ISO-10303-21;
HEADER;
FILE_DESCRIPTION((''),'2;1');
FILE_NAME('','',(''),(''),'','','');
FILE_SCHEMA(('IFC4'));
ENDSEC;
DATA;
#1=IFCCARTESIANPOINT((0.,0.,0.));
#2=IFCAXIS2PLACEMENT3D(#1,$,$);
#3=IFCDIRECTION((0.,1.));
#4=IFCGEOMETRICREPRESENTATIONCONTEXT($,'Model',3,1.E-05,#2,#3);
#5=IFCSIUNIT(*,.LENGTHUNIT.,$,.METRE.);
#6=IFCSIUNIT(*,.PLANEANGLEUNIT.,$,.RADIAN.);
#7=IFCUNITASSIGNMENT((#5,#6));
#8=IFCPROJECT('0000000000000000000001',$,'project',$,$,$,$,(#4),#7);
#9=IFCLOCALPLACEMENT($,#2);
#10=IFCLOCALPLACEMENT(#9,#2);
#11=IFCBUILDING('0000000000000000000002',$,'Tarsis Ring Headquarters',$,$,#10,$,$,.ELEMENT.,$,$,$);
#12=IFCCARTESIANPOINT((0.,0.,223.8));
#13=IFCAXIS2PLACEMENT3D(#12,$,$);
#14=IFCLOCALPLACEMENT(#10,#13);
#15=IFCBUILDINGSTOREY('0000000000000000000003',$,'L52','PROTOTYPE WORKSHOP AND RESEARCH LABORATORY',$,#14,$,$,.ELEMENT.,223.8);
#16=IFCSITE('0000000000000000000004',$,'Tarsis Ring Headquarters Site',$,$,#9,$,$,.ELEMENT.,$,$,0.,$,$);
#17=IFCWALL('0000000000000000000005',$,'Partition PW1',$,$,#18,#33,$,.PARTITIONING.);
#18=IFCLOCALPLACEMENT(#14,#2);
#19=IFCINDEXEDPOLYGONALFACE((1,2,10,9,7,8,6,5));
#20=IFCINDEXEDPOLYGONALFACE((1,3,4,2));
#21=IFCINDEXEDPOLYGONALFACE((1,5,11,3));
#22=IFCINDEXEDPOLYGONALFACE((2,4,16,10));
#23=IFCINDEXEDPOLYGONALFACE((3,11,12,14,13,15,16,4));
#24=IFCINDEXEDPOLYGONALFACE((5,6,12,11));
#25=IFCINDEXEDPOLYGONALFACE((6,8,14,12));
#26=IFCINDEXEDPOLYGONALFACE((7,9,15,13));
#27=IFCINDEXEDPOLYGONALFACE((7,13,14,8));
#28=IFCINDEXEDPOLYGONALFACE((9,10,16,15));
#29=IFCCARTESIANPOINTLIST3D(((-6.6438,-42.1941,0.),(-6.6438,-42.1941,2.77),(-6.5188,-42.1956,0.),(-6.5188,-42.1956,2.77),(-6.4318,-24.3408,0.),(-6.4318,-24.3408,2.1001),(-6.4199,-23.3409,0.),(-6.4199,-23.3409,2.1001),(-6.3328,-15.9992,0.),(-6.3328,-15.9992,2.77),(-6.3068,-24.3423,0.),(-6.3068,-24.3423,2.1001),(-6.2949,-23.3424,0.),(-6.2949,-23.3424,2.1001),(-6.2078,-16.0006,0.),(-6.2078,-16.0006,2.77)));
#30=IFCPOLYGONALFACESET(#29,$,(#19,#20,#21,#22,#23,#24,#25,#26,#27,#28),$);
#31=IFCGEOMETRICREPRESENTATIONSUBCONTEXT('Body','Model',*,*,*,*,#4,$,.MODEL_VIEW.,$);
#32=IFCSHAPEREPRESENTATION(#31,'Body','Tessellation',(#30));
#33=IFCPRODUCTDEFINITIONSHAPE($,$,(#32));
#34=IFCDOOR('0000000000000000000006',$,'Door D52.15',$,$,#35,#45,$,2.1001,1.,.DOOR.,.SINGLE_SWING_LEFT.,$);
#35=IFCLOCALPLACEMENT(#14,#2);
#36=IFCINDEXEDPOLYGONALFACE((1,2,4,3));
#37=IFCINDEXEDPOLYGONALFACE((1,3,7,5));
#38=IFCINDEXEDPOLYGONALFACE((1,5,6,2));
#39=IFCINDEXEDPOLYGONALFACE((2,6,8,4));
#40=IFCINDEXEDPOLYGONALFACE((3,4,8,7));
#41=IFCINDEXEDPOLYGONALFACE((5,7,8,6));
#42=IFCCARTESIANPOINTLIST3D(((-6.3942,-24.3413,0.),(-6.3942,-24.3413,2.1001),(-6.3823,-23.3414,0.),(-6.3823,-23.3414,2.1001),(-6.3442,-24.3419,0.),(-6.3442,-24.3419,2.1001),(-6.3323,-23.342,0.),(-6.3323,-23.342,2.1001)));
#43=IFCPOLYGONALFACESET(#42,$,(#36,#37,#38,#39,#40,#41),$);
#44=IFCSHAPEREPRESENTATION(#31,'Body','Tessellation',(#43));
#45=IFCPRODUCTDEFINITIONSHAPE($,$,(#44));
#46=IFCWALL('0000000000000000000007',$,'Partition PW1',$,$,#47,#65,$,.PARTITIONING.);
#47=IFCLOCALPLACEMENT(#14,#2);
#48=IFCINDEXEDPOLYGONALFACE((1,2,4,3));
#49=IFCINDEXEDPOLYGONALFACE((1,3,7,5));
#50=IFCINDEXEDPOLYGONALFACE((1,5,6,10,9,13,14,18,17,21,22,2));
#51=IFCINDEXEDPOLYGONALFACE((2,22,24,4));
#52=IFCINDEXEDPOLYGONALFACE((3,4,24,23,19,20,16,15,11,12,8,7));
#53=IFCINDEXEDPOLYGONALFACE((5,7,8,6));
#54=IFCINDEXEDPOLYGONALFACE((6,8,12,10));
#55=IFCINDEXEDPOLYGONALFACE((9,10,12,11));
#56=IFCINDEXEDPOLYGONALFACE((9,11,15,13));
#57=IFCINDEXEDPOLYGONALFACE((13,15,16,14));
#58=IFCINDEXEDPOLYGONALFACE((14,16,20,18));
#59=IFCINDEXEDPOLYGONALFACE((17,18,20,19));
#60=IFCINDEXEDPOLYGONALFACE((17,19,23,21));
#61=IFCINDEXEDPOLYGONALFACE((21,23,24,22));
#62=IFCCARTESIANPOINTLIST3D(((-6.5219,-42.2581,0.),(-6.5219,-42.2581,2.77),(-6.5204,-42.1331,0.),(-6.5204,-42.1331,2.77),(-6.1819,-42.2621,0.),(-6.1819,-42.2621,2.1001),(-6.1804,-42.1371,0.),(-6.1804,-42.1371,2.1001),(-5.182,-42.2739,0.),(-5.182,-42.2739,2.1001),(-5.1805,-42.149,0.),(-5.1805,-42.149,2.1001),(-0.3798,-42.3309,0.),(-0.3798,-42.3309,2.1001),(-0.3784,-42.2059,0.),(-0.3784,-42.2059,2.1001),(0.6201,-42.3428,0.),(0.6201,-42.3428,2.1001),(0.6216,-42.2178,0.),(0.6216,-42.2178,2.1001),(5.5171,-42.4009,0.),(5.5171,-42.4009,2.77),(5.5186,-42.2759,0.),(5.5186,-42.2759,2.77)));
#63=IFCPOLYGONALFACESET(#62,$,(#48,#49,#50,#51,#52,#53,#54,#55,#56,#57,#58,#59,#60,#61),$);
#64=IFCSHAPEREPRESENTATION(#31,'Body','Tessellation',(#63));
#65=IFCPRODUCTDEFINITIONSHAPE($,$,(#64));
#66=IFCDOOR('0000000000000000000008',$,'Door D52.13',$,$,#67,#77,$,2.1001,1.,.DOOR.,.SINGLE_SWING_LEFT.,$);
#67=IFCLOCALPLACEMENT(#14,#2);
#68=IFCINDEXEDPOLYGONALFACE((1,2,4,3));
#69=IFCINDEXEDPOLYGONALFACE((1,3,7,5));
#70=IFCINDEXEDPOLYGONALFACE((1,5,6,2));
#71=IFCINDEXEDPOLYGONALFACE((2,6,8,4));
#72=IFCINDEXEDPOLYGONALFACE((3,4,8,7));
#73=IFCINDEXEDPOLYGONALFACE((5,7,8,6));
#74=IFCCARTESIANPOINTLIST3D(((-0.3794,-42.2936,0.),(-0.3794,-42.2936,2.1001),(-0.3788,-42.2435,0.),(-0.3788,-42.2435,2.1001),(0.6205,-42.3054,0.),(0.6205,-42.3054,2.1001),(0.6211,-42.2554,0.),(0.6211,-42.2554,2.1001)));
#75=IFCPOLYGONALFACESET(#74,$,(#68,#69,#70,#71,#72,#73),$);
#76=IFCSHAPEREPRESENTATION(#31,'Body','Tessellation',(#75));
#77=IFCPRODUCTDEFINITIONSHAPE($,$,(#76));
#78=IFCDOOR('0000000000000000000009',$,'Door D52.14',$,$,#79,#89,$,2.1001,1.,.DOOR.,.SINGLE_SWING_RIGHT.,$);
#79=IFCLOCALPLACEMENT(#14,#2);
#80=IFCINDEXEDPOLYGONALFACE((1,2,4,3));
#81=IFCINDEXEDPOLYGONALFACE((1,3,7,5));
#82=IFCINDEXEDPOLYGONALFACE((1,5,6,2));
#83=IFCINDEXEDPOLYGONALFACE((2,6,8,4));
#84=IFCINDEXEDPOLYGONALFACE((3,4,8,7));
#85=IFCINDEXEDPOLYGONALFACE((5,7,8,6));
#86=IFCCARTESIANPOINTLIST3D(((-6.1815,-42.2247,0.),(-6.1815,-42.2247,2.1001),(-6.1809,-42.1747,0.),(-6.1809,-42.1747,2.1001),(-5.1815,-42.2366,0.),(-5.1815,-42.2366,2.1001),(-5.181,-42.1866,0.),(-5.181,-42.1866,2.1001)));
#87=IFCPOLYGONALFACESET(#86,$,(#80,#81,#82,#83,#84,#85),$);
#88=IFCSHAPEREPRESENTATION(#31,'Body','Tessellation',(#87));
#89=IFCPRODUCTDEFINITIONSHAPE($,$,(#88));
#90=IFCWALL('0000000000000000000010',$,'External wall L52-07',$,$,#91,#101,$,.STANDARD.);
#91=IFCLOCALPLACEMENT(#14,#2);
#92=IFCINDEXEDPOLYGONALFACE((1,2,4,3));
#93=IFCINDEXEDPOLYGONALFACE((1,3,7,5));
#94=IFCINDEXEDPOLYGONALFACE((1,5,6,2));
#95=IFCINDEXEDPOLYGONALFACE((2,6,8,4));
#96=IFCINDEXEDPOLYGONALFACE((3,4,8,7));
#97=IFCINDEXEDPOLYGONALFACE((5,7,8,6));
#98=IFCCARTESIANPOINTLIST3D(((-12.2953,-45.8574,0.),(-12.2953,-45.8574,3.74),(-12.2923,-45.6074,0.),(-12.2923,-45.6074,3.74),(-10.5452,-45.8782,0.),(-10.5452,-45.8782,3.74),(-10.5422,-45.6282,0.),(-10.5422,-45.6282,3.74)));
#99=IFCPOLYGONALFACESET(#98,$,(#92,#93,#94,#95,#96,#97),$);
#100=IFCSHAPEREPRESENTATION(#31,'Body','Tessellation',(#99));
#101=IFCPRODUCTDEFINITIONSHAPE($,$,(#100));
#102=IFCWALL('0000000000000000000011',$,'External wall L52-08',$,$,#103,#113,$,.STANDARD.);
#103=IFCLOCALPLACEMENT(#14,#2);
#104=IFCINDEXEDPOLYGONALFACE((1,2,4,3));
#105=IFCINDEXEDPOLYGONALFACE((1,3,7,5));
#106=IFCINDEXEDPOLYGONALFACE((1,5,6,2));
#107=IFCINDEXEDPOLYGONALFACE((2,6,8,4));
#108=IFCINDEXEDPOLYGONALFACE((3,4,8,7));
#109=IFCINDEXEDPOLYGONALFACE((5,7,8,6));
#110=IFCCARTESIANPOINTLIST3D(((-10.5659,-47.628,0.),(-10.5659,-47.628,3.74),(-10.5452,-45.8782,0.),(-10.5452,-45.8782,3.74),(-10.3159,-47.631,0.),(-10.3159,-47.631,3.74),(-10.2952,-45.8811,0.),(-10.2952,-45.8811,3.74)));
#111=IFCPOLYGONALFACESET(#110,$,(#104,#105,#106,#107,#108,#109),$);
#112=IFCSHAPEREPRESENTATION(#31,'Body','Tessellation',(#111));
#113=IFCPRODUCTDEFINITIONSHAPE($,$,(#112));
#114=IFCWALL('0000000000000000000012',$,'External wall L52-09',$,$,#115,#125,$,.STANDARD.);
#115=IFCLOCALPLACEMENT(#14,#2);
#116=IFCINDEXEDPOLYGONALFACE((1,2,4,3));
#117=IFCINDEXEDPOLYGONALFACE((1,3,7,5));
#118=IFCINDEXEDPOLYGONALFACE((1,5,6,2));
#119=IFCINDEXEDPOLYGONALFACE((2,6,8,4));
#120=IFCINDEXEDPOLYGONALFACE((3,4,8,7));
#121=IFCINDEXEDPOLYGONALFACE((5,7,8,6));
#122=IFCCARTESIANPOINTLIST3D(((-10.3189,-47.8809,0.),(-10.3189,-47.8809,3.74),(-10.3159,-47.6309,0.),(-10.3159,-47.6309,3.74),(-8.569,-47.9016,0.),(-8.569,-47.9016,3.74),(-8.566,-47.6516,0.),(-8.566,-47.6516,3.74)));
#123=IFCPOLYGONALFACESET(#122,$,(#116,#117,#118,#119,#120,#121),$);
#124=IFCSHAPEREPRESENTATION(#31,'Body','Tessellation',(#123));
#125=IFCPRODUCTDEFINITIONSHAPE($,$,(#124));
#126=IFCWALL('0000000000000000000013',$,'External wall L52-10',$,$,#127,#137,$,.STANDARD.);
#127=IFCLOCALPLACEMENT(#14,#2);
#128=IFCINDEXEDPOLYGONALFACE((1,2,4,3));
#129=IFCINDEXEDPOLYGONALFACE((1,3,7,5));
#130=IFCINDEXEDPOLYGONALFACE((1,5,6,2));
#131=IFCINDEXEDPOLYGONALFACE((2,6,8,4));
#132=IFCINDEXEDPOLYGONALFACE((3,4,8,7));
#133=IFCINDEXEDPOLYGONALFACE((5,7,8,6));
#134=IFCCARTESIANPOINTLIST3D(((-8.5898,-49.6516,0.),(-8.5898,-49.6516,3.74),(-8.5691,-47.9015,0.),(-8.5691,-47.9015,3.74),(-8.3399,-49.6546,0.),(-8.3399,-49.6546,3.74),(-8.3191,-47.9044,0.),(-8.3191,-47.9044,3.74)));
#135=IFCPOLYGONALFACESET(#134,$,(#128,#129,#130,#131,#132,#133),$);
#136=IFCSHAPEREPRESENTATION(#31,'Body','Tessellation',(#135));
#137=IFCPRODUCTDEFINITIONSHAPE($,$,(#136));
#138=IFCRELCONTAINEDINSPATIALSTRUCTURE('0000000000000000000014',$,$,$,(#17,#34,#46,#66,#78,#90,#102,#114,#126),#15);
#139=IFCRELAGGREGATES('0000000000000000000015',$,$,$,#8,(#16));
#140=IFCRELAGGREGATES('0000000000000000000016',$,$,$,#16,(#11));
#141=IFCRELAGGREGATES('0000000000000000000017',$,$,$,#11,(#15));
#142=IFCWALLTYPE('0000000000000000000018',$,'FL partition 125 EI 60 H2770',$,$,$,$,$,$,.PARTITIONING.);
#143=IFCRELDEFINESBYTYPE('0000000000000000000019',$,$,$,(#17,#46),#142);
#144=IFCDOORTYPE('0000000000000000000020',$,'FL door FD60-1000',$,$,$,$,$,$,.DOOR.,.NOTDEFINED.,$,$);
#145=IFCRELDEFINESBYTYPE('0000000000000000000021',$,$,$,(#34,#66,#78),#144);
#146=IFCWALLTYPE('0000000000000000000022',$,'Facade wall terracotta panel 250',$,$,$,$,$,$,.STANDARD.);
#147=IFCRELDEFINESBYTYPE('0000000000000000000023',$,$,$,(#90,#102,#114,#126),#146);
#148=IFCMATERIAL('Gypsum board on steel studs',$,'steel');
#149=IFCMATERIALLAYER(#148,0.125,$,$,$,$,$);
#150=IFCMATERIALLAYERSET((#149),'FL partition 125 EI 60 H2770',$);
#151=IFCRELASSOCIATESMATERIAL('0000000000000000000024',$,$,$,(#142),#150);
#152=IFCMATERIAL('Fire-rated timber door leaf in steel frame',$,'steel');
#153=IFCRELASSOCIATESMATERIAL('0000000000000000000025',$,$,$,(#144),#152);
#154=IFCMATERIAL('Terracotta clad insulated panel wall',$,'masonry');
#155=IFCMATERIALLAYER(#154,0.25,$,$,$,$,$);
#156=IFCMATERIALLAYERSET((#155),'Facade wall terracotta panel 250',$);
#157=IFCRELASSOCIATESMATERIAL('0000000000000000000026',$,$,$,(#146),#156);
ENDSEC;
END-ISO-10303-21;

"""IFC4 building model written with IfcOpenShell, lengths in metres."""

from ifc_helpers import new_model, si_unit, direction, frame, frame_2d, origin, place, context, subcontext, project, spatial, rectangle, extrude, material, layer, layer_set, type_object, element, fill, save


model = new_model("IFC4")

# Units and contexts
model_context = context("Model", 3, precision=1e-05, world=origin(), true_north=direction((0.0, 1.0)))
body_context = subcontext(model_context, "Body", "Model", "MODEL_VIEW")
ifc_project = project(units=[si_unit("LENGTHUNIT", "METRE"), si_unit("PLANEANGLEUNIT", "RADIAN")], contexts=[model_context])

# Site, building, storey
site_placement = place(None, origin())
site = spatial("IfcSite", under=ifc_project, at=site_placement, Name="Tarsis Ring Headquarters Site", CompositionType="ELEMENT", RefElevation=0.0)
building_placement = place(site_placement, origin())
building = spatial("IfcBuilding", under=site, at=building_placement, Name="Tarsis Ring Headquarters", CompositionType="ELEMENT")
storey_placement = place(building_placement, frame((0.0, 0.0, 223.8)))
storey = spatial("IfcBuildingStorey", under=building, at=storey_placement, Name="L52", Description="PROTOTYPE WORKSHOP AND RESEARCH LABORATORY", CompositionType="ELEMENT", Elevation=223.8)

# Wall, opening, door
ifc_material_1 = material(Name="Gypsum board on steel studs", Category="steel")
ifc_layer_1 = layer(ifc_material_1, 0.125)
ifc_layer_set_1 = layer_set([ifc_layer_1], Name="FL partition 125 EI 60 H2770")
wall_type_1 = type_object("IfcWallType", Name="FL partition 125 EI 60 H2770", PredefinedType="PARTITIONING", material=ifc_layer_set_1)
wall_1_placement = place(storey_placement, frame((-6.5813, -42.1948, 0.0), z_axis=(0.0, 0.0, 1.0), x_axis=(0.011873, 0.99993, 0.0)))
wall_1 = element("IfcWall", 1, at=wall_1_placement, inside=storey, type_object=wall_type_1, Name="Partition PW1", PredefinedType="PARTITIONING", context=body_context, shape_type="SweptSolid", body=[
    extrude(rectangle(XDim=26.1968, YDim=0.125, at=frame_2d((13.0984, 0.0))), origin(), (0.0, 0.0, 1.0), 2.77),
])
opening_1_placement = place(wall_1_placement, frame((17.8545, 0.0, 0.0)))
opening_1 = element("IfcOpeningElement", 2, at=opening_1_placement, cuts=wall_1, PredefinedType="OPENING", context=body_context, shape_type="SweptSolid", body=[
    extrude(rectangle(XDim=1.0, YDim=2.1001, at=frame_2d((0.5, 1.05))), frame((0.0, 0.0725, 0.0), z_axis=(0.0, -1.0, 0.0), x_axis=(1.0, 0.0, 0.0)), (0.0, 0.0, 1.0), 0.145),
])
ifc_material_2 = material(Name="Fire-rated timber door leaf in steel frame", Category="steel")
door_type = type_object("IfcDoorType", Name="FL door FD60-1000", OperationType="NOTDEFINED", PredefinedType="DOOR", material=ifc_material_2)
door_1_placement = place(opening_1_placement, origin())
door_1 = element("IfcDoor", 3, at=door_1_placement, inside=storey, type_object=door_type, Name="Door D52.15", OperationType="SINGLE_SWING_LEFT", OverallHeight=2.1001, OverallWidth=1.0, PredefinedType="DOOR", context=body_context, shape_type="SweptSolid", body=[
    extrude(rectangle(XDim=1.0, YDim=2.1001, at=frame_2d((0.5, 1.05))), frame((0.0, 0.0249, 0.0), z_axis=(0.0, -1.0, 0.0), x_axis=(1.0, 0.0, 0.0)), (0.0, 0.0, 1.0), 0.05),
])
fill(opening_1, door_1)

# Wall, openings, doors
wall_2_placement = place(storey_placement, frame((-6.5212, -42.1956, 0.0), z_axis=(0.0, 0.0, 1.0), x_axis=(0.99993, -0.011862, 0.0)))
wall_2 = element("IfcWall", 4, at=wall_2_placement, inside=storey, type_object=wall_type_1, Name="Partition PW1", PredefinedType="PARTITIONING", context=body_context, shape_type="SweptSolid", body=[
    extrude(rectangle(XDim=12.0398, YDim=0.125, at=frame_2d((6.02, 0.0))), origin(), (0.0, 0.0, 1.0), 2.77),
])
opening_2_placement = place(wall_2_placement, frame((6.1426, 0.0, 0.0)))
opening_2 = element("IfcOpeningElement", 5, at=opening_2_placement, cuts=wall_2, PredefinedType="OPENING", context=body_context, shape_type="SweptSolid", body=[
    extrude(rectangle(XDim=1.0, YDim=2.1001, at=frame_2d((0.5, 1.05))), frame((0.0, 0.0725, 0.0), z_axis=(0.0, -1.0, 0.0), x_axis=(1.0, 0.0, 0.0)), (0.0, 0.0, 1.0), 0.145),
])
opening_3_placement = place(wall_2_placement, frame((0.3401, 0.0, 0.0)))
opening_3 = element("IfcOpeningElement", 6, at=opening_3_placement, cuts=wall_2, PredefinedType="OPENING", context=body_context, shape_type="SweptSolid", body=[
    extrude(rectangle(XDim=1.0, YDim=2.1001, at=frame_2d((0.5, 1.05))), frame((0.0, 0.0725, 0.0), z_axis=(0.0, -1.0, 0.0), x_axis=(1.0, 0.0, 0.0)), (0.0, 0.0, 1.0), 0.145),
])
door_2_placement = place(opening_2_placement, origin())
door_2 = element("IfcDoor", 7, at=door_2_placement, inside=storey, type_object=door_type, Name="Door D52.13", OperationType="SINGLE_SWING_LEFT", OverallHeight=2.1001, OverallWidth=1.0, PredefinedType="DOOR", context=body_context, shape_type="SweptSolid", body=[
    extrude(rectangle(XDim=1.0, YDim=2.1001, at=frame_2d((0.5, 1.05))), frame((0.0, 0.0249, 0.0), z_axis=(0.0, -1.0, 0.0), x_axis=(1.0, 0.0, 0.0)), (0.0, 0.0, 1.0), 0.05),
])
fill(opening_2, door_2)
door_3_placement = place(opening_3_placement, origin())
door_3 = element("IfcDoor", 8, at=door_3_placement, inside=storey, type_object=door_type, Name="Door D52.14", OperationType="SINGLE_SWING_RIGHT", OverallHeight=2.1001, OverallWidth=1.0, PredefinedType="DOOR", context=body_context, shape_type="SweptSolid", body=[
    extrude(rectangle(XDim=1.0, YDim=2.1001, at=frame_2d((0.5, 1.05))), frame((0.0, 0.0249, 0.0), z_axis=(0.0, -1.0, 0.0), x_axis=(1.0, 0.0, 0.0)), (0.0, 0.0, 1.0), 0.05),
])
fill(opening_3, door_3)

# Walls
ifc_material_3 = material(Name="Terracotta clad insulated panel wall", Category="masonry")
ifc_layer_2 = layer(ifc_material_3, 0.25)
ifc_layer_set_2 = layer_set([ifc_layer_2], Name="Facade wall terracotta panel 250")
wall_type_2 = type_object("IfcWallType", Name="Facade wall terracotta panel 250", PredefinedType="STANDARD", material=ifc_layer_set_2)
wall_3_placement = place(storey_placement, frame((-12.2937, -45.7324, 0.0), z_axis=(0.0, 0.0, 1.0), x_axis=(0.99993, -0.011857, 0.0)))
element("IfcWall", 9, at=wall_3_placement, inside=storey, type_object=wall_type_2, Name="External wall L52-07", PredefinedType="STANDARD", context=body_context, shape_type="SweptSolid", body=[
    extrude(rectangle(XDim=1.7502, YDim=0.25, at=frame_2d((0.875, 0.0))), origin(), (0.0, 0.0, 1.0), 3.74),
])
for number, where, z_axis, x_axis, name in (
    (10, (-10.4202, -45.8796, 0.0), (0.0, 0.0, 1.0), (-0.011859, -0.99993, 0.0), "External wall L52-08"),
    (11, (-10.3174, -47.7559, 0.0), (0.0, 0.0, 1.0), (0.99993, -0.011859, 0.0), "External wall L52-09"),
):
    element("IfcWall", number, at=place(storey_placement, frame(where, z_axis=z_axis, x_axis=x_axis)), inside=storey, type_object=wall_type_2, Name=name, PredefinedType="STANDARD", context=body_context, shape_type="SweptSolid", body=[
        extrude(rectangle(XDim=1.75, YDim=0.25, at=frame_2d((0.875, 0.0))), origin(), (0.0, 0.0, 1.0), 3.74),
    ])
wall_4_placement = place(storey_placement, frame((-8.4441, -47.9031, 0.0), z_axis=(0.0, 0.0, 1.0), x_axis=(-0.011857, -0.99993, 0.0)))
element("IfcWall", 12, at=wall_4_placement, inside=storey, type_object=wall_type_2, Name="External wall L52-10", PredefinedType="STANDARD", context=body_context, shape_type="SweptSolid", body=[
    extrude(rectangle(XDim=1.7502, YDim=0.25, at=frame_2d((0.875, 0.0))), origin(), (0.0, 0.0, 1.0), 3.74),
])

save(model, "model.ifc")
